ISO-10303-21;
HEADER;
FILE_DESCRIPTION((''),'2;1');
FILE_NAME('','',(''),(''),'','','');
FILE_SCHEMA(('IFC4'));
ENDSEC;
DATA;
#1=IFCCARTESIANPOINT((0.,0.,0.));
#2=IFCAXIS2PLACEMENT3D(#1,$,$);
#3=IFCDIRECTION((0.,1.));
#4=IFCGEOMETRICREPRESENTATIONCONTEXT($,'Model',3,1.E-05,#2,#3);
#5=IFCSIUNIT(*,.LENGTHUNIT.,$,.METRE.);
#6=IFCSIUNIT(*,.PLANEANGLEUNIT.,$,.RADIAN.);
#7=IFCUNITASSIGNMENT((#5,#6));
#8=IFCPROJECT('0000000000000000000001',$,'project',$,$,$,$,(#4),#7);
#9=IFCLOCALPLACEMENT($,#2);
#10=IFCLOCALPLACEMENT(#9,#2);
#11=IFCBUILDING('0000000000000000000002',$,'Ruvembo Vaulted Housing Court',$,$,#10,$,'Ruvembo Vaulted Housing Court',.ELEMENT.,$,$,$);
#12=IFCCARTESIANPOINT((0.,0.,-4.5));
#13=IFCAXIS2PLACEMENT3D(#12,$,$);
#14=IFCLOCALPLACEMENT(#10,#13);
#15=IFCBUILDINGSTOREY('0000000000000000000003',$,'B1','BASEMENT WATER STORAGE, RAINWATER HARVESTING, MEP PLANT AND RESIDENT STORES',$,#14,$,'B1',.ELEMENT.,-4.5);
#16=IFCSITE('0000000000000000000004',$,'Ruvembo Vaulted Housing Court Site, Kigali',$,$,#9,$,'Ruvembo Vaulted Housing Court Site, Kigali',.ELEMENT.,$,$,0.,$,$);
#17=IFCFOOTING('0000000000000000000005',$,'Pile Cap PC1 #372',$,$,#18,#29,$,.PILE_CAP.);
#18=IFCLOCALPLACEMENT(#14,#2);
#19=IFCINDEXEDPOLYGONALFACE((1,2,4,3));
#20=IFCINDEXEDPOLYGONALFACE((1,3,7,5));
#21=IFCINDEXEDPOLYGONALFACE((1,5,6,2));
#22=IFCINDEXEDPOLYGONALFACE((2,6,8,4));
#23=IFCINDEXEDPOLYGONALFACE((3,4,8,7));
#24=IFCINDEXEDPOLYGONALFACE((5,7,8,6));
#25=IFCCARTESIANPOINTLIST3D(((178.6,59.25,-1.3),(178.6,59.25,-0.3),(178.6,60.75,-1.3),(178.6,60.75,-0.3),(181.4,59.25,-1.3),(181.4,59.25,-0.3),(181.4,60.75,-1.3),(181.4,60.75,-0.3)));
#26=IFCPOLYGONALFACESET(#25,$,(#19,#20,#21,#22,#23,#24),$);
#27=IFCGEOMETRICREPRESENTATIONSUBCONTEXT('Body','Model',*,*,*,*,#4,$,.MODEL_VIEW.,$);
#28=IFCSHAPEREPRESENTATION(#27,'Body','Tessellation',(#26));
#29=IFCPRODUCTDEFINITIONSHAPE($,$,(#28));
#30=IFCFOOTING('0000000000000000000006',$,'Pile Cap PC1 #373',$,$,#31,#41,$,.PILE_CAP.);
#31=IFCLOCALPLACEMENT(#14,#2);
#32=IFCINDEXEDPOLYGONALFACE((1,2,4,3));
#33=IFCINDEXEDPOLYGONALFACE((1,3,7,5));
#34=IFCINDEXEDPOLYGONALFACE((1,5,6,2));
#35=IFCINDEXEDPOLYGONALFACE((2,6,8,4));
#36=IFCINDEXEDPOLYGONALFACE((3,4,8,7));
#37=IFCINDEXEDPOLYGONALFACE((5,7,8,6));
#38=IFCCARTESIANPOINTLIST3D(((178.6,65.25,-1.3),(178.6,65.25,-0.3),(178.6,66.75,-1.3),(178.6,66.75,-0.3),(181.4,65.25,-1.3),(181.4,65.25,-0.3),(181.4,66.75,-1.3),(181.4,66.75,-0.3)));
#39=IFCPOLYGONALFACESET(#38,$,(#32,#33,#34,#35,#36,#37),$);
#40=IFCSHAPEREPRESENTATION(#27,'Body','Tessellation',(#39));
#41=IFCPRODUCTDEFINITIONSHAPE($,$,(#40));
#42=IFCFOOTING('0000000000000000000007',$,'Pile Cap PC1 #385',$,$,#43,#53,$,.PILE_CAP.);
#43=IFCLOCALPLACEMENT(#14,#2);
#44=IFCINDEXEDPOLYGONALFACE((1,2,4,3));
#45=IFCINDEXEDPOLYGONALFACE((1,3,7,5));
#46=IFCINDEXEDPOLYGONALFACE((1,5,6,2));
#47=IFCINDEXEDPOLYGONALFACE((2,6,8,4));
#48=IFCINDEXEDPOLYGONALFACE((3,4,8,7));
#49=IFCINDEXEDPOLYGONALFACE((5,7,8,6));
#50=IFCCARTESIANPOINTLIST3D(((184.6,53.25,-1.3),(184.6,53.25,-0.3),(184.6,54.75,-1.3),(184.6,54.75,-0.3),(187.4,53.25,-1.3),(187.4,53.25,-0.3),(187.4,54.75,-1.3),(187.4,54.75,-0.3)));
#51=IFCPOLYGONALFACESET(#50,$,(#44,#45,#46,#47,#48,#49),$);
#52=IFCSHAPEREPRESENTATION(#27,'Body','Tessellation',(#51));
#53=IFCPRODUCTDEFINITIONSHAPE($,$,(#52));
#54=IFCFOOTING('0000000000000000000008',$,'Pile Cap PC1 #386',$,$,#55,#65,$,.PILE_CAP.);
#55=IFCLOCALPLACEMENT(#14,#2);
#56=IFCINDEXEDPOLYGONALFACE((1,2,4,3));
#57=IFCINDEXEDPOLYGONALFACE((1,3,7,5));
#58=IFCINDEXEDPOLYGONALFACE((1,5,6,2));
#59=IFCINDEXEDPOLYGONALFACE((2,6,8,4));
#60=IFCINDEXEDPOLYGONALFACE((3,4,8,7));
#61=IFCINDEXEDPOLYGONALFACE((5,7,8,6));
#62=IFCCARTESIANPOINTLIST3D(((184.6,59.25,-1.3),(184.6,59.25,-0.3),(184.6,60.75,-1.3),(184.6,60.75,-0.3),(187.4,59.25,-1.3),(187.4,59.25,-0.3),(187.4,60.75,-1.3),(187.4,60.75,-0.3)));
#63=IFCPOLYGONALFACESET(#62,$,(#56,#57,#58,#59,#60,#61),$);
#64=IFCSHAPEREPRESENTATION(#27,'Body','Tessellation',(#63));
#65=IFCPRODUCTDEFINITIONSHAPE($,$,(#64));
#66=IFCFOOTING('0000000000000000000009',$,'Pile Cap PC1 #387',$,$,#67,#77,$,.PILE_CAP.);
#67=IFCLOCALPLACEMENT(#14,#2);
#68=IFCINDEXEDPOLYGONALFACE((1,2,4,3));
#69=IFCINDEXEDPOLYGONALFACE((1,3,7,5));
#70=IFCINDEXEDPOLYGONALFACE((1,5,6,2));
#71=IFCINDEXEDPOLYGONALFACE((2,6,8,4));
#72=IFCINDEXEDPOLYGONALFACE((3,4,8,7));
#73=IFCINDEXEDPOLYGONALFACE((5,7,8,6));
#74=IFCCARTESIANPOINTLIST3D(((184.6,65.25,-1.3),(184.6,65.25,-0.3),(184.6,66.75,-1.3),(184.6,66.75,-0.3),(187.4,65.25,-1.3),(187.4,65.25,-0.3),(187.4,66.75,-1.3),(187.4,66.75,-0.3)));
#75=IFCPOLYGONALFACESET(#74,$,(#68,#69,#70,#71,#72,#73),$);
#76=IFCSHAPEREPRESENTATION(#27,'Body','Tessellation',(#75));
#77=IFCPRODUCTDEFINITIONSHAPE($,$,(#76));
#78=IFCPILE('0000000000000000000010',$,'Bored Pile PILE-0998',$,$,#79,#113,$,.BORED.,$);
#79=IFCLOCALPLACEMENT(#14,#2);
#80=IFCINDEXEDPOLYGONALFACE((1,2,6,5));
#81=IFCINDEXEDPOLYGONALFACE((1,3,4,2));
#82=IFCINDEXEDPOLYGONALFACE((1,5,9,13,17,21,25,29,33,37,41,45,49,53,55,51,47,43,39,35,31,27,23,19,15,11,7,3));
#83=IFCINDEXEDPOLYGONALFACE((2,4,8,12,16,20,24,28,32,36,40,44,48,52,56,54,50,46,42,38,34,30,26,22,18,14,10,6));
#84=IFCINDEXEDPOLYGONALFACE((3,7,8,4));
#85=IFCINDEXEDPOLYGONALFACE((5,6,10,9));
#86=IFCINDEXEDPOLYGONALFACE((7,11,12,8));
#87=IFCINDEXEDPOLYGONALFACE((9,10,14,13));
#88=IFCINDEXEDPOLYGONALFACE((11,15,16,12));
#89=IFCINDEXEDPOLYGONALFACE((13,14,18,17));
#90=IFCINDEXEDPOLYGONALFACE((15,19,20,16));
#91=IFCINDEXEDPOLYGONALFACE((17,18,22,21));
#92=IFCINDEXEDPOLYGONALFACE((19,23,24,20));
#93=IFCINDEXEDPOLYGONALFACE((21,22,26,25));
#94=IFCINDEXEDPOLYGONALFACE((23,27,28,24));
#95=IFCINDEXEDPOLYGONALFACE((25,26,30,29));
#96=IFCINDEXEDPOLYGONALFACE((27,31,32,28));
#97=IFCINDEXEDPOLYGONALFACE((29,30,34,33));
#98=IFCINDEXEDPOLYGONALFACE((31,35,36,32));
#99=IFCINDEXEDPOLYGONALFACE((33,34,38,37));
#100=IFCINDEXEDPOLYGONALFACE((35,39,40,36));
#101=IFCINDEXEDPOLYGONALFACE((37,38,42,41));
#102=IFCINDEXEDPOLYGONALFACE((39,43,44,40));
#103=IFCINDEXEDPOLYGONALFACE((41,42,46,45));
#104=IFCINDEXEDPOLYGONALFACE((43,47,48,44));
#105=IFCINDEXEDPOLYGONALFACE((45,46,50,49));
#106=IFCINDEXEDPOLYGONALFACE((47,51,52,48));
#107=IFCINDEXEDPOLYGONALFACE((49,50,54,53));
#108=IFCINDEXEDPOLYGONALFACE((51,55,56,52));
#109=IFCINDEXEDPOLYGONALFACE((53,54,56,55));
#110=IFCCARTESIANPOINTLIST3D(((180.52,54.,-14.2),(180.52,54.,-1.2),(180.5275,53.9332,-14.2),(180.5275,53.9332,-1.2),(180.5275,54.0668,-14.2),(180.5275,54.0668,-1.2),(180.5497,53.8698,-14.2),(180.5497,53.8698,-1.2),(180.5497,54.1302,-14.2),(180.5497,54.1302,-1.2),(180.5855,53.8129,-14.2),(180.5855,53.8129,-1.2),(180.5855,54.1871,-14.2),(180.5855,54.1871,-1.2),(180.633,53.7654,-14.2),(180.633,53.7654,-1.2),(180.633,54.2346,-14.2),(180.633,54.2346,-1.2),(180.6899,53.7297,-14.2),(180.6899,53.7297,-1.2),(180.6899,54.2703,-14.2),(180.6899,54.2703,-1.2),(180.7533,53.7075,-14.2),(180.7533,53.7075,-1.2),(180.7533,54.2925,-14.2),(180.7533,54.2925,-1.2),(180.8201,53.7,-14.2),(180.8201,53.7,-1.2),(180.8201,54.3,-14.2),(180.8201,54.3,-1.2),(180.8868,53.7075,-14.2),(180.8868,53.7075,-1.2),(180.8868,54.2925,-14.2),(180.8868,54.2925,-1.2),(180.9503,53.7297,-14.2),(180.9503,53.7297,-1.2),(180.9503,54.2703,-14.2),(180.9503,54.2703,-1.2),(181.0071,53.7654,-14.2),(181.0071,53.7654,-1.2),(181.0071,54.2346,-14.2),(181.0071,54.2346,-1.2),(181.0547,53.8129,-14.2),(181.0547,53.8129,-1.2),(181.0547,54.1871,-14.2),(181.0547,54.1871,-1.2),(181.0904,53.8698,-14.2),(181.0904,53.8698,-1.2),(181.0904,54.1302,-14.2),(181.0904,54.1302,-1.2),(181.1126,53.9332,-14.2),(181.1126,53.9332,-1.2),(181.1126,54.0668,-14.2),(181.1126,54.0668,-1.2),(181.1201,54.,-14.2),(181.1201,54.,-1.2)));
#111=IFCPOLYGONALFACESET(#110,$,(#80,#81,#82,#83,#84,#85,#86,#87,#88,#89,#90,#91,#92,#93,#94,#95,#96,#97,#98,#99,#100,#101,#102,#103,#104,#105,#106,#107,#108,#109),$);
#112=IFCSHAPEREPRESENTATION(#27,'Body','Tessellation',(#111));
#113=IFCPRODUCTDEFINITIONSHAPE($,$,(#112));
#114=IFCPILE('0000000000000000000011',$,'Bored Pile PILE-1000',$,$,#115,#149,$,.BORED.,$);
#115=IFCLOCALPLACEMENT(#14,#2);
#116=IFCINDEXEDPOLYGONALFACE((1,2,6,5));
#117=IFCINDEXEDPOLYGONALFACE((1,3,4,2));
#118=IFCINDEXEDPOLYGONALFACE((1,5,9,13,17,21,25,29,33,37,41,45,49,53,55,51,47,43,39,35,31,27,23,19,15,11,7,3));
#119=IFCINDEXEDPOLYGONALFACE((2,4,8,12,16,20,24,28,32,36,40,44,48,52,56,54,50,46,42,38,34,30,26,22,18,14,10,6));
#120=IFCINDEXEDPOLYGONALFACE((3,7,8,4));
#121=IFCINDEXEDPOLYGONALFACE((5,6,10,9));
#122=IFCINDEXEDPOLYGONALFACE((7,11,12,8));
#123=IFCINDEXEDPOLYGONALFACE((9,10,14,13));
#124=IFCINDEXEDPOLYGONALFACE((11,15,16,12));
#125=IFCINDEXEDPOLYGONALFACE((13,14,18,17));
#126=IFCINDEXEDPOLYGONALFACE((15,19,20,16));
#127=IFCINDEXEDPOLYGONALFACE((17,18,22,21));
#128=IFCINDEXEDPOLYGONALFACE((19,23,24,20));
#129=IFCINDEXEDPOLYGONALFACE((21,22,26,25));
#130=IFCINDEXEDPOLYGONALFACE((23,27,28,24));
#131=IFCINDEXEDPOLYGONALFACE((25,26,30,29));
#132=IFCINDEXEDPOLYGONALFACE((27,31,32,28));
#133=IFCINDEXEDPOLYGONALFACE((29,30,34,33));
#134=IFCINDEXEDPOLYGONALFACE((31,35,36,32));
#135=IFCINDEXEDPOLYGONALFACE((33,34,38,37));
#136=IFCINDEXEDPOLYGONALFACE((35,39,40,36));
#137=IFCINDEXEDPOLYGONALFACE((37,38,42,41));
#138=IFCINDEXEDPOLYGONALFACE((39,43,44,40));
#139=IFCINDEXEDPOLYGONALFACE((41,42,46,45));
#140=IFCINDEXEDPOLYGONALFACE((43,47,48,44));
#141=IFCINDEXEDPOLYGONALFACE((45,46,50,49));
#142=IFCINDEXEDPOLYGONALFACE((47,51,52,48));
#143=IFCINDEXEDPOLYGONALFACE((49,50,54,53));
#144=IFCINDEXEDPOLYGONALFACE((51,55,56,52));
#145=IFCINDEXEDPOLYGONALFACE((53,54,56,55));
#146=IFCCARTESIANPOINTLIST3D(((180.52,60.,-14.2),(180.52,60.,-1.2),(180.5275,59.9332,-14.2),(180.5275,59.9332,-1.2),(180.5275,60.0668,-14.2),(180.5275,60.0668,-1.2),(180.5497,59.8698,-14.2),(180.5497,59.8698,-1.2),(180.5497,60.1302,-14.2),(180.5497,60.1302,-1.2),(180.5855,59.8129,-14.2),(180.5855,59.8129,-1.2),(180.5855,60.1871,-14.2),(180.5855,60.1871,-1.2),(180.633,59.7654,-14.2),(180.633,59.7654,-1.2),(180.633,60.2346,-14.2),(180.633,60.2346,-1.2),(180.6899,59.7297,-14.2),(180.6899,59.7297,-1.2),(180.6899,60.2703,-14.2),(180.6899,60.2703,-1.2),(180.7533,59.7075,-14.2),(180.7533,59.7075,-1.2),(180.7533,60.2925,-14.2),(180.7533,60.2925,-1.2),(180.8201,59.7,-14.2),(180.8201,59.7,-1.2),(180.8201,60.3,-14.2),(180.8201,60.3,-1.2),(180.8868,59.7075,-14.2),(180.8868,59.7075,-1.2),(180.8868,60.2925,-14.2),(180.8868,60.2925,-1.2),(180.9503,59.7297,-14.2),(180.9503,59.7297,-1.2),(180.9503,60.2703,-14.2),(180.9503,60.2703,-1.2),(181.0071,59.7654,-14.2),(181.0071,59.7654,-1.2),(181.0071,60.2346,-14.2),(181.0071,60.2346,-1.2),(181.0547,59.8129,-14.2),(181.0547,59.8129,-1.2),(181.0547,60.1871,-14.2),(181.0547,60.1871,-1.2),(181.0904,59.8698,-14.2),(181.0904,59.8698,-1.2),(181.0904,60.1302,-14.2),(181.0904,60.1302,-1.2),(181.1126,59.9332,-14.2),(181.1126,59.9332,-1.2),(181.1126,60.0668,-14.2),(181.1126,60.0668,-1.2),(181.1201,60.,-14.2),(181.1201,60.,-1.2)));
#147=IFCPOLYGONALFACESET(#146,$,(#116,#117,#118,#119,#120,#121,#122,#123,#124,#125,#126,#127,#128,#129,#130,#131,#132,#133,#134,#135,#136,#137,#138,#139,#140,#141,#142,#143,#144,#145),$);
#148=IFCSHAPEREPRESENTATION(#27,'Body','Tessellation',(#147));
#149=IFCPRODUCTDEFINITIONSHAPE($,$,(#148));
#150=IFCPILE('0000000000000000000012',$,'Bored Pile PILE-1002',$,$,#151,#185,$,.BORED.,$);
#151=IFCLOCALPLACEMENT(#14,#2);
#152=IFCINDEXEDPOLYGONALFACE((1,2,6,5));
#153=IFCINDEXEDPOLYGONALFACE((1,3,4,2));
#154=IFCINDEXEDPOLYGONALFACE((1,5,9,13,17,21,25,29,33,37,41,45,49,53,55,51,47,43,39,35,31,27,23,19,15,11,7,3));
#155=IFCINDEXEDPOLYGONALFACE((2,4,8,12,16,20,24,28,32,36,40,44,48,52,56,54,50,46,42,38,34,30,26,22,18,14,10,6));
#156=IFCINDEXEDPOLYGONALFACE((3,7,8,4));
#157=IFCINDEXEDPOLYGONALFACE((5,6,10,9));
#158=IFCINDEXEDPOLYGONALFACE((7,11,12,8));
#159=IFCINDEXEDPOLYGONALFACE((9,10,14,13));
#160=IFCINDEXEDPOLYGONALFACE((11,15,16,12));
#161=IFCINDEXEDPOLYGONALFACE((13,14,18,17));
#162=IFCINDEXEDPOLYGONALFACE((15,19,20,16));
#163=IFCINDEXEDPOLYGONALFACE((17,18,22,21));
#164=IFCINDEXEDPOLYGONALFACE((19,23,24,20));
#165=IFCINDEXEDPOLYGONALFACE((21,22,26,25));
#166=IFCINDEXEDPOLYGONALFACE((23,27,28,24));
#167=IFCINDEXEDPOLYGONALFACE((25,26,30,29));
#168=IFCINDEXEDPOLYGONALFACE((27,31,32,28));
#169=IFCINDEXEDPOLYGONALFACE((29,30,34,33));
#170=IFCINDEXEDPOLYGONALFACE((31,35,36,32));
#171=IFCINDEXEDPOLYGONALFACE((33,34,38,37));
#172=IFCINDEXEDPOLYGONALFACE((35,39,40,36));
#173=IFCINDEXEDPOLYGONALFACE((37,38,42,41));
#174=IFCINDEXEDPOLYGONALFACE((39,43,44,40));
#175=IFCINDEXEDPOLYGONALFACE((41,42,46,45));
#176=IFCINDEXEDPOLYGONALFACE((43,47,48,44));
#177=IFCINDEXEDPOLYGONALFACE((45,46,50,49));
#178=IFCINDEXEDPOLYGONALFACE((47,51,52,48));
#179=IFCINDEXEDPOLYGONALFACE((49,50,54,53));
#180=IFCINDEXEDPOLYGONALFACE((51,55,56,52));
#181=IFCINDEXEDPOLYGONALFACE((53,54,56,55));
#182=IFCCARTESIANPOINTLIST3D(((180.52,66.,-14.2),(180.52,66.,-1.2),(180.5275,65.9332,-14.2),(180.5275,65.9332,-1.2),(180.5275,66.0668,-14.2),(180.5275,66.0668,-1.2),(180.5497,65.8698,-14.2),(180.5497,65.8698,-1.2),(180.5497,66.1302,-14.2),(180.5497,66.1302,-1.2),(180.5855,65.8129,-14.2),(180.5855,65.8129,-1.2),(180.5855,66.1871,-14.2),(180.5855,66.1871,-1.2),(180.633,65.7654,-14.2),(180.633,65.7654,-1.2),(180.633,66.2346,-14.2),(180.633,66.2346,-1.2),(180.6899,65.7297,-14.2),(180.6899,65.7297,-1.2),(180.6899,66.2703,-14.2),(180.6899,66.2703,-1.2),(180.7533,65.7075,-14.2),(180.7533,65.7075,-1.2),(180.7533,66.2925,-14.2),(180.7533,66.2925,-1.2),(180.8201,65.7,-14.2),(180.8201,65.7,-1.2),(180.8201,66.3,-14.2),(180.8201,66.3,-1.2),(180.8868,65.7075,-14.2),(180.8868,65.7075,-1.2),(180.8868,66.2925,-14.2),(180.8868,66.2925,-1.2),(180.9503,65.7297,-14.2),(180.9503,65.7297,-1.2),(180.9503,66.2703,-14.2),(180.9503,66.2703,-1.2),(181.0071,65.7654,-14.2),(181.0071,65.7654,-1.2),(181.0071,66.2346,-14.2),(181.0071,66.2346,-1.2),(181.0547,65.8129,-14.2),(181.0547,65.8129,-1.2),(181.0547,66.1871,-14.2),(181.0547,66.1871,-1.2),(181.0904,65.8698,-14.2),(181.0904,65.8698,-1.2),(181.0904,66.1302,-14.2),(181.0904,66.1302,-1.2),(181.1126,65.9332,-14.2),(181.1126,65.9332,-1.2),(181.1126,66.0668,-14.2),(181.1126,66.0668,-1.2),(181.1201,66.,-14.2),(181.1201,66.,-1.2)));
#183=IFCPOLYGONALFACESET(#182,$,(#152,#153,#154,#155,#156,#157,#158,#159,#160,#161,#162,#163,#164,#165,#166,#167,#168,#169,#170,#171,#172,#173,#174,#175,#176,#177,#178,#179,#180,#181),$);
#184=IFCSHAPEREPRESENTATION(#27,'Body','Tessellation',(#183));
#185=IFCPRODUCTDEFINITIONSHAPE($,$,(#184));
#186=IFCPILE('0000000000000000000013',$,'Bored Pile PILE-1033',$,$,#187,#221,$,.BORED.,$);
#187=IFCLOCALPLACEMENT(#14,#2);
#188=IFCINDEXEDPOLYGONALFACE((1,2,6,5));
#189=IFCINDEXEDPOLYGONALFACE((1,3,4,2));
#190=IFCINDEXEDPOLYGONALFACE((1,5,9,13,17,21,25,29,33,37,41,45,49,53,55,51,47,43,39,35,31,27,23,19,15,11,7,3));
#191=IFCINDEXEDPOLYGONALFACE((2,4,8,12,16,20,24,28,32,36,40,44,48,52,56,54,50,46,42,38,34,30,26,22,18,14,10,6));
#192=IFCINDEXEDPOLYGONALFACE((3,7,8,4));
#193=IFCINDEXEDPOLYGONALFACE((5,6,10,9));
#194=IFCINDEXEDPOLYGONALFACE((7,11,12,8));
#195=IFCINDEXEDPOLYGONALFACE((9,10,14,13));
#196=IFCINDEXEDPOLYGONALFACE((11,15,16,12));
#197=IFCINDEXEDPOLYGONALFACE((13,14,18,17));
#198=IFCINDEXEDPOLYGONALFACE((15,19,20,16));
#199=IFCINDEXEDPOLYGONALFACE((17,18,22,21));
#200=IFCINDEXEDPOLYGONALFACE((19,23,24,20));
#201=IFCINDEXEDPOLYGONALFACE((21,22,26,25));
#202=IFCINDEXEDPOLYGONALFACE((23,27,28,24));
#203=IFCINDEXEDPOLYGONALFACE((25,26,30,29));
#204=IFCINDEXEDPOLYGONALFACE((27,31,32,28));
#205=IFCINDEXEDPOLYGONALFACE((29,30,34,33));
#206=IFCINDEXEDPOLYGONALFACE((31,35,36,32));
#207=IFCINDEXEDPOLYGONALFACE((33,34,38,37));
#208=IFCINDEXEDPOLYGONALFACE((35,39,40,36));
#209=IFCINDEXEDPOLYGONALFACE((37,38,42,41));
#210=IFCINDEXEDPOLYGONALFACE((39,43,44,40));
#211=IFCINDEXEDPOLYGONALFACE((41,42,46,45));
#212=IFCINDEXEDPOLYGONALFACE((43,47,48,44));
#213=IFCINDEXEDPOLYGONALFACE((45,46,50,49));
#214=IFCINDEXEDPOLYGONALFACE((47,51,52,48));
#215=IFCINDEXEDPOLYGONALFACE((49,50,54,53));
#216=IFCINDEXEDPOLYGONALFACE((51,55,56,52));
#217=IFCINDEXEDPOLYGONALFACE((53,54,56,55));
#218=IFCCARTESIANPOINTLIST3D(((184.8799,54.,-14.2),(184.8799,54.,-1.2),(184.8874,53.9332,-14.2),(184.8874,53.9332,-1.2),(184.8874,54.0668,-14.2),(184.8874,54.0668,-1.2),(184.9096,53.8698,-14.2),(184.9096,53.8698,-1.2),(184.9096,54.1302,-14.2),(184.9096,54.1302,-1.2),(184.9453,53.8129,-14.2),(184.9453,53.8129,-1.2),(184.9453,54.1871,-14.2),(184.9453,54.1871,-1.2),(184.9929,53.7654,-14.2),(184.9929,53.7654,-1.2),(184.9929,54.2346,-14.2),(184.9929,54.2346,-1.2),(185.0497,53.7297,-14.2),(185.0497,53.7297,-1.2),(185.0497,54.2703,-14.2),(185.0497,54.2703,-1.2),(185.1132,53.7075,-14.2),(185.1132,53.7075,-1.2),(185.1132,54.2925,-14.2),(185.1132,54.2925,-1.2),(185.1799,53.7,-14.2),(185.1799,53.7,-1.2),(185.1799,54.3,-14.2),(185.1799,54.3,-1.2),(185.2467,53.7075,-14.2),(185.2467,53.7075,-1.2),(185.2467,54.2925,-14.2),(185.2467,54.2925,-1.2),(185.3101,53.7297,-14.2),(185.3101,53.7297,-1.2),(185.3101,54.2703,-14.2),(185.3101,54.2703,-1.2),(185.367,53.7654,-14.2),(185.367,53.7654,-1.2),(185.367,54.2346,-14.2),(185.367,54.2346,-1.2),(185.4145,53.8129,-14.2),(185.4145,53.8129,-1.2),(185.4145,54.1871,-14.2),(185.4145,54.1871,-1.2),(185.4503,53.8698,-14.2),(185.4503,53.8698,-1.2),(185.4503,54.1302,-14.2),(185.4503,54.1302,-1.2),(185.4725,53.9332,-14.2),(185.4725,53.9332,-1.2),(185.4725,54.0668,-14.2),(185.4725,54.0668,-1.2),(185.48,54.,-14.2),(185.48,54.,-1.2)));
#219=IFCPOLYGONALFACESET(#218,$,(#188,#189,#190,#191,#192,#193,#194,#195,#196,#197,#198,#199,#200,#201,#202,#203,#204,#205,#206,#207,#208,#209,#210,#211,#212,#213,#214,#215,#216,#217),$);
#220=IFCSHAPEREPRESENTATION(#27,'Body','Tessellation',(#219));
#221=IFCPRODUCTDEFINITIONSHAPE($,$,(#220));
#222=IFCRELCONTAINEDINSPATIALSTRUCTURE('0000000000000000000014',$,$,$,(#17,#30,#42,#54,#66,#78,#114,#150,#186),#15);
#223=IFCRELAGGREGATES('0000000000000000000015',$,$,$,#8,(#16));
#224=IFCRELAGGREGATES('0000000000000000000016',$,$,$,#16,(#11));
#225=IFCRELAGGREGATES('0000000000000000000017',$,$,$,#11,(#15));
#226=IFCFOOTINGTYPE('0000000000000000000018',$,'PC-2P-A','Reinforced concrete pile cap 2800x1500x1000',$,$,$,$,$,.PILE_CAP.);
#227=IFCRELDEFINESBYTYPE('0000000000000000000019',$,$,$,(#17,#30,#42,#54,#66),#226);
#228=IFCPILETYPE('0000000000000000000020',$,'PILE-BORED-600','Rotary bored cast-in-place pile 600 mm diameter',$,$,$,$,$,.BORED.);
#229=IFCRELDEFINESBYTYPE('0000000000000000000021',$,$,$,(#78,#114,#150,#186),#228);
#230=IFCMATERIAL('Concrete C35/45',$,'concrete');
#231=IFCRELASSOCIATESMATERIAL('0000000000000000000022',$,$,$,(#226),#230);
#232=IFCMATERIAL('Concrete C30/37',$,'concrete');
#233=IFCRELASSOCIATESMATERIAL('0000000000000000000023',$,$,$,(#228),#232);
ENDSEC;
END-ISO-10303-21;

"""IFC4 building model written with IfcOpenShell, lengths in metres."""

from ifc_helpers import new_model, si_unit, direction, frame, origin, origin_2d, place, context, subcontext, project, spatial, rectangle, circle, extrude, material, material_profile, profile_set, type_object, element, save


model = new_model("IFC4")

# Units and contexts
model_context = context("Model", 3, precision=1e-05, world=origin(), true_north=direction((0.0, 1.0)))
body_context = subcontext(model_context, "Body", "Model", "MODEL_VIEW")
ifc_project = project(units=[si_unit("LENGTHUNIT", "METRE"), si_unit("PLANEANGLEUNIT", "RADIAN")], contexts=[model_context])

# Site, building, storey
site_placement = place(None, origin())
site = spatial("IfcSite", under=ifc_project, at=site_placement, Name="Ruvembo Vaulted Housing Court Site, Kigali", LongName="Ruvembo Vaulted Housing Court Site, Kigali", CompositionType="ELEMENT", RefElevation=0.0)
building_placement = place(site_placement, origin())
building = spatial("IfcBuilding", under=site, at=building_placement, Name="Ruvembo Vaulted Housing Court", LongName="Ruvembo Vaulted Housing Court", CompositionType="ELEMENT")
storey_placement = place(building_placement, frame((0.0, 0.0, -4.5)))
storey = spatial("IfcBuildingStorey", under=building, at=storey_placement, Name="B1", Description="BASEMENT WATER STORAGE, RAINWATER HARVESTING, MEP PLANT AND RESIDENT STORES", LongName="B1", CompositionType="ELEMENT", Elevation=-4.5)

# Footings
ifc_material_1 = material(Name="Concrete C35/45", Category="concrete")
footing_type = type_object("IfcFootingType", Name="PC-2P-A", Description="Reinforced concrete pile cap 2800x1500x1000", PredefinedType="PILE_CAP", material=ifc_material_1)
for number, where, z_axis, x_axis, name in (
    (1, (180.0, 60.0, -1.3), (0.0, 0.0, 1.0), (1.0, 0.0, 0.0), "Pile Cap PC1 #372"),
    (2, (180.0, 66.0, -1.3), (0.0, 0.0, 1.0), (1.0, 0.0, 0.0), "Pile Cap PC1 #373"),
    (3, (186.0, 54.0, -1.3), (0.0, 0.0, 1.0), (1.0, 0.0, 0.0), "Pile Cap PC1 #385"),
    (4, (186.0, 60.0, -1.3), (0.0, 0.0, 1.0), (1.0, 0.0, 0.0), "Pile Cap PC1 #386"),
    (5, (186.0, 66.0, -1.3), (0.0, 0.0, 1.0), (1.0, 0.0, 0.0), "Pile Cap PC1 #387"),
):
    element("IfcFooting", number, at=place(storey_placement, frame(where, z_axis=z_axis, x_axis=x_axis)), inside=storey, type_object=footing_type, Name=name, PredefinedType="PILE_CAP", context=body_context, shape_type="SweptSolid", body=[
        extrude(rectangle(XDim=2.8, YDim=1.5, at=origin_2d()), origin(), (0.0, 0.0, 1.0), 1.0),
    ])

# Piles
ifc_material_2 = material(Name="Concrete C30/37", Category="concrete")
ifc_material_profile_1 = material_profile(ifc_material_2, circle(Radius=0.3, at=origin_2d()), Name="PILE D600")
ifc_profile_set_1 = profile_set([ifc_material_profile_1], Name="Concrete C30/37")
pile_type = type_object("IfcPileType", Name="PILE-BORED-600", Description="Rotary bored cast-in-place pile 600 mm diameter", PredefinedType="BORED", material=ifc_profile_set_1)
for number, where, z_axis, x_axis, name in (
    (6, (180.8201, 54.0, -1.2), (0.0, 0.0, -1.0), (1.0, 0.0, 0.0), "Bored Pile PILE-0998"),
    (7, (180.8201, 60.0, -1.2), (0.0, 0.0, -1.0), (1.0, 0.0, 0.0), "Bored Pile PILE-1000"),
    (8, (180.8201, 66.0, -1.2), (0.0, 0.0, -1.0), (1.0, 0.0, 0.0), "Bored Pile PILE-1002"),
    (9, (185.1799, 54.0, -1.2), (0.0, 0.0, -1.0), (1.0, 0.0, 0.0), "Bored Pile PILE-1033"),
):
    element("IfcPile", number, at=place(storey_placement, frame(where, z_axis=z_axis, x_axis=x_axis)), inside=storey, type_object=pile_type, Name=name, PredefinedType="BORED", context=body_context, shape_type="SweptSolid", body=[
        extrude(circle(Radius=0.3, at=origin_2d()), origin(), (0.0, 0.0, 1.0), 13.0),
    ])

save(model, "model.ifc")
